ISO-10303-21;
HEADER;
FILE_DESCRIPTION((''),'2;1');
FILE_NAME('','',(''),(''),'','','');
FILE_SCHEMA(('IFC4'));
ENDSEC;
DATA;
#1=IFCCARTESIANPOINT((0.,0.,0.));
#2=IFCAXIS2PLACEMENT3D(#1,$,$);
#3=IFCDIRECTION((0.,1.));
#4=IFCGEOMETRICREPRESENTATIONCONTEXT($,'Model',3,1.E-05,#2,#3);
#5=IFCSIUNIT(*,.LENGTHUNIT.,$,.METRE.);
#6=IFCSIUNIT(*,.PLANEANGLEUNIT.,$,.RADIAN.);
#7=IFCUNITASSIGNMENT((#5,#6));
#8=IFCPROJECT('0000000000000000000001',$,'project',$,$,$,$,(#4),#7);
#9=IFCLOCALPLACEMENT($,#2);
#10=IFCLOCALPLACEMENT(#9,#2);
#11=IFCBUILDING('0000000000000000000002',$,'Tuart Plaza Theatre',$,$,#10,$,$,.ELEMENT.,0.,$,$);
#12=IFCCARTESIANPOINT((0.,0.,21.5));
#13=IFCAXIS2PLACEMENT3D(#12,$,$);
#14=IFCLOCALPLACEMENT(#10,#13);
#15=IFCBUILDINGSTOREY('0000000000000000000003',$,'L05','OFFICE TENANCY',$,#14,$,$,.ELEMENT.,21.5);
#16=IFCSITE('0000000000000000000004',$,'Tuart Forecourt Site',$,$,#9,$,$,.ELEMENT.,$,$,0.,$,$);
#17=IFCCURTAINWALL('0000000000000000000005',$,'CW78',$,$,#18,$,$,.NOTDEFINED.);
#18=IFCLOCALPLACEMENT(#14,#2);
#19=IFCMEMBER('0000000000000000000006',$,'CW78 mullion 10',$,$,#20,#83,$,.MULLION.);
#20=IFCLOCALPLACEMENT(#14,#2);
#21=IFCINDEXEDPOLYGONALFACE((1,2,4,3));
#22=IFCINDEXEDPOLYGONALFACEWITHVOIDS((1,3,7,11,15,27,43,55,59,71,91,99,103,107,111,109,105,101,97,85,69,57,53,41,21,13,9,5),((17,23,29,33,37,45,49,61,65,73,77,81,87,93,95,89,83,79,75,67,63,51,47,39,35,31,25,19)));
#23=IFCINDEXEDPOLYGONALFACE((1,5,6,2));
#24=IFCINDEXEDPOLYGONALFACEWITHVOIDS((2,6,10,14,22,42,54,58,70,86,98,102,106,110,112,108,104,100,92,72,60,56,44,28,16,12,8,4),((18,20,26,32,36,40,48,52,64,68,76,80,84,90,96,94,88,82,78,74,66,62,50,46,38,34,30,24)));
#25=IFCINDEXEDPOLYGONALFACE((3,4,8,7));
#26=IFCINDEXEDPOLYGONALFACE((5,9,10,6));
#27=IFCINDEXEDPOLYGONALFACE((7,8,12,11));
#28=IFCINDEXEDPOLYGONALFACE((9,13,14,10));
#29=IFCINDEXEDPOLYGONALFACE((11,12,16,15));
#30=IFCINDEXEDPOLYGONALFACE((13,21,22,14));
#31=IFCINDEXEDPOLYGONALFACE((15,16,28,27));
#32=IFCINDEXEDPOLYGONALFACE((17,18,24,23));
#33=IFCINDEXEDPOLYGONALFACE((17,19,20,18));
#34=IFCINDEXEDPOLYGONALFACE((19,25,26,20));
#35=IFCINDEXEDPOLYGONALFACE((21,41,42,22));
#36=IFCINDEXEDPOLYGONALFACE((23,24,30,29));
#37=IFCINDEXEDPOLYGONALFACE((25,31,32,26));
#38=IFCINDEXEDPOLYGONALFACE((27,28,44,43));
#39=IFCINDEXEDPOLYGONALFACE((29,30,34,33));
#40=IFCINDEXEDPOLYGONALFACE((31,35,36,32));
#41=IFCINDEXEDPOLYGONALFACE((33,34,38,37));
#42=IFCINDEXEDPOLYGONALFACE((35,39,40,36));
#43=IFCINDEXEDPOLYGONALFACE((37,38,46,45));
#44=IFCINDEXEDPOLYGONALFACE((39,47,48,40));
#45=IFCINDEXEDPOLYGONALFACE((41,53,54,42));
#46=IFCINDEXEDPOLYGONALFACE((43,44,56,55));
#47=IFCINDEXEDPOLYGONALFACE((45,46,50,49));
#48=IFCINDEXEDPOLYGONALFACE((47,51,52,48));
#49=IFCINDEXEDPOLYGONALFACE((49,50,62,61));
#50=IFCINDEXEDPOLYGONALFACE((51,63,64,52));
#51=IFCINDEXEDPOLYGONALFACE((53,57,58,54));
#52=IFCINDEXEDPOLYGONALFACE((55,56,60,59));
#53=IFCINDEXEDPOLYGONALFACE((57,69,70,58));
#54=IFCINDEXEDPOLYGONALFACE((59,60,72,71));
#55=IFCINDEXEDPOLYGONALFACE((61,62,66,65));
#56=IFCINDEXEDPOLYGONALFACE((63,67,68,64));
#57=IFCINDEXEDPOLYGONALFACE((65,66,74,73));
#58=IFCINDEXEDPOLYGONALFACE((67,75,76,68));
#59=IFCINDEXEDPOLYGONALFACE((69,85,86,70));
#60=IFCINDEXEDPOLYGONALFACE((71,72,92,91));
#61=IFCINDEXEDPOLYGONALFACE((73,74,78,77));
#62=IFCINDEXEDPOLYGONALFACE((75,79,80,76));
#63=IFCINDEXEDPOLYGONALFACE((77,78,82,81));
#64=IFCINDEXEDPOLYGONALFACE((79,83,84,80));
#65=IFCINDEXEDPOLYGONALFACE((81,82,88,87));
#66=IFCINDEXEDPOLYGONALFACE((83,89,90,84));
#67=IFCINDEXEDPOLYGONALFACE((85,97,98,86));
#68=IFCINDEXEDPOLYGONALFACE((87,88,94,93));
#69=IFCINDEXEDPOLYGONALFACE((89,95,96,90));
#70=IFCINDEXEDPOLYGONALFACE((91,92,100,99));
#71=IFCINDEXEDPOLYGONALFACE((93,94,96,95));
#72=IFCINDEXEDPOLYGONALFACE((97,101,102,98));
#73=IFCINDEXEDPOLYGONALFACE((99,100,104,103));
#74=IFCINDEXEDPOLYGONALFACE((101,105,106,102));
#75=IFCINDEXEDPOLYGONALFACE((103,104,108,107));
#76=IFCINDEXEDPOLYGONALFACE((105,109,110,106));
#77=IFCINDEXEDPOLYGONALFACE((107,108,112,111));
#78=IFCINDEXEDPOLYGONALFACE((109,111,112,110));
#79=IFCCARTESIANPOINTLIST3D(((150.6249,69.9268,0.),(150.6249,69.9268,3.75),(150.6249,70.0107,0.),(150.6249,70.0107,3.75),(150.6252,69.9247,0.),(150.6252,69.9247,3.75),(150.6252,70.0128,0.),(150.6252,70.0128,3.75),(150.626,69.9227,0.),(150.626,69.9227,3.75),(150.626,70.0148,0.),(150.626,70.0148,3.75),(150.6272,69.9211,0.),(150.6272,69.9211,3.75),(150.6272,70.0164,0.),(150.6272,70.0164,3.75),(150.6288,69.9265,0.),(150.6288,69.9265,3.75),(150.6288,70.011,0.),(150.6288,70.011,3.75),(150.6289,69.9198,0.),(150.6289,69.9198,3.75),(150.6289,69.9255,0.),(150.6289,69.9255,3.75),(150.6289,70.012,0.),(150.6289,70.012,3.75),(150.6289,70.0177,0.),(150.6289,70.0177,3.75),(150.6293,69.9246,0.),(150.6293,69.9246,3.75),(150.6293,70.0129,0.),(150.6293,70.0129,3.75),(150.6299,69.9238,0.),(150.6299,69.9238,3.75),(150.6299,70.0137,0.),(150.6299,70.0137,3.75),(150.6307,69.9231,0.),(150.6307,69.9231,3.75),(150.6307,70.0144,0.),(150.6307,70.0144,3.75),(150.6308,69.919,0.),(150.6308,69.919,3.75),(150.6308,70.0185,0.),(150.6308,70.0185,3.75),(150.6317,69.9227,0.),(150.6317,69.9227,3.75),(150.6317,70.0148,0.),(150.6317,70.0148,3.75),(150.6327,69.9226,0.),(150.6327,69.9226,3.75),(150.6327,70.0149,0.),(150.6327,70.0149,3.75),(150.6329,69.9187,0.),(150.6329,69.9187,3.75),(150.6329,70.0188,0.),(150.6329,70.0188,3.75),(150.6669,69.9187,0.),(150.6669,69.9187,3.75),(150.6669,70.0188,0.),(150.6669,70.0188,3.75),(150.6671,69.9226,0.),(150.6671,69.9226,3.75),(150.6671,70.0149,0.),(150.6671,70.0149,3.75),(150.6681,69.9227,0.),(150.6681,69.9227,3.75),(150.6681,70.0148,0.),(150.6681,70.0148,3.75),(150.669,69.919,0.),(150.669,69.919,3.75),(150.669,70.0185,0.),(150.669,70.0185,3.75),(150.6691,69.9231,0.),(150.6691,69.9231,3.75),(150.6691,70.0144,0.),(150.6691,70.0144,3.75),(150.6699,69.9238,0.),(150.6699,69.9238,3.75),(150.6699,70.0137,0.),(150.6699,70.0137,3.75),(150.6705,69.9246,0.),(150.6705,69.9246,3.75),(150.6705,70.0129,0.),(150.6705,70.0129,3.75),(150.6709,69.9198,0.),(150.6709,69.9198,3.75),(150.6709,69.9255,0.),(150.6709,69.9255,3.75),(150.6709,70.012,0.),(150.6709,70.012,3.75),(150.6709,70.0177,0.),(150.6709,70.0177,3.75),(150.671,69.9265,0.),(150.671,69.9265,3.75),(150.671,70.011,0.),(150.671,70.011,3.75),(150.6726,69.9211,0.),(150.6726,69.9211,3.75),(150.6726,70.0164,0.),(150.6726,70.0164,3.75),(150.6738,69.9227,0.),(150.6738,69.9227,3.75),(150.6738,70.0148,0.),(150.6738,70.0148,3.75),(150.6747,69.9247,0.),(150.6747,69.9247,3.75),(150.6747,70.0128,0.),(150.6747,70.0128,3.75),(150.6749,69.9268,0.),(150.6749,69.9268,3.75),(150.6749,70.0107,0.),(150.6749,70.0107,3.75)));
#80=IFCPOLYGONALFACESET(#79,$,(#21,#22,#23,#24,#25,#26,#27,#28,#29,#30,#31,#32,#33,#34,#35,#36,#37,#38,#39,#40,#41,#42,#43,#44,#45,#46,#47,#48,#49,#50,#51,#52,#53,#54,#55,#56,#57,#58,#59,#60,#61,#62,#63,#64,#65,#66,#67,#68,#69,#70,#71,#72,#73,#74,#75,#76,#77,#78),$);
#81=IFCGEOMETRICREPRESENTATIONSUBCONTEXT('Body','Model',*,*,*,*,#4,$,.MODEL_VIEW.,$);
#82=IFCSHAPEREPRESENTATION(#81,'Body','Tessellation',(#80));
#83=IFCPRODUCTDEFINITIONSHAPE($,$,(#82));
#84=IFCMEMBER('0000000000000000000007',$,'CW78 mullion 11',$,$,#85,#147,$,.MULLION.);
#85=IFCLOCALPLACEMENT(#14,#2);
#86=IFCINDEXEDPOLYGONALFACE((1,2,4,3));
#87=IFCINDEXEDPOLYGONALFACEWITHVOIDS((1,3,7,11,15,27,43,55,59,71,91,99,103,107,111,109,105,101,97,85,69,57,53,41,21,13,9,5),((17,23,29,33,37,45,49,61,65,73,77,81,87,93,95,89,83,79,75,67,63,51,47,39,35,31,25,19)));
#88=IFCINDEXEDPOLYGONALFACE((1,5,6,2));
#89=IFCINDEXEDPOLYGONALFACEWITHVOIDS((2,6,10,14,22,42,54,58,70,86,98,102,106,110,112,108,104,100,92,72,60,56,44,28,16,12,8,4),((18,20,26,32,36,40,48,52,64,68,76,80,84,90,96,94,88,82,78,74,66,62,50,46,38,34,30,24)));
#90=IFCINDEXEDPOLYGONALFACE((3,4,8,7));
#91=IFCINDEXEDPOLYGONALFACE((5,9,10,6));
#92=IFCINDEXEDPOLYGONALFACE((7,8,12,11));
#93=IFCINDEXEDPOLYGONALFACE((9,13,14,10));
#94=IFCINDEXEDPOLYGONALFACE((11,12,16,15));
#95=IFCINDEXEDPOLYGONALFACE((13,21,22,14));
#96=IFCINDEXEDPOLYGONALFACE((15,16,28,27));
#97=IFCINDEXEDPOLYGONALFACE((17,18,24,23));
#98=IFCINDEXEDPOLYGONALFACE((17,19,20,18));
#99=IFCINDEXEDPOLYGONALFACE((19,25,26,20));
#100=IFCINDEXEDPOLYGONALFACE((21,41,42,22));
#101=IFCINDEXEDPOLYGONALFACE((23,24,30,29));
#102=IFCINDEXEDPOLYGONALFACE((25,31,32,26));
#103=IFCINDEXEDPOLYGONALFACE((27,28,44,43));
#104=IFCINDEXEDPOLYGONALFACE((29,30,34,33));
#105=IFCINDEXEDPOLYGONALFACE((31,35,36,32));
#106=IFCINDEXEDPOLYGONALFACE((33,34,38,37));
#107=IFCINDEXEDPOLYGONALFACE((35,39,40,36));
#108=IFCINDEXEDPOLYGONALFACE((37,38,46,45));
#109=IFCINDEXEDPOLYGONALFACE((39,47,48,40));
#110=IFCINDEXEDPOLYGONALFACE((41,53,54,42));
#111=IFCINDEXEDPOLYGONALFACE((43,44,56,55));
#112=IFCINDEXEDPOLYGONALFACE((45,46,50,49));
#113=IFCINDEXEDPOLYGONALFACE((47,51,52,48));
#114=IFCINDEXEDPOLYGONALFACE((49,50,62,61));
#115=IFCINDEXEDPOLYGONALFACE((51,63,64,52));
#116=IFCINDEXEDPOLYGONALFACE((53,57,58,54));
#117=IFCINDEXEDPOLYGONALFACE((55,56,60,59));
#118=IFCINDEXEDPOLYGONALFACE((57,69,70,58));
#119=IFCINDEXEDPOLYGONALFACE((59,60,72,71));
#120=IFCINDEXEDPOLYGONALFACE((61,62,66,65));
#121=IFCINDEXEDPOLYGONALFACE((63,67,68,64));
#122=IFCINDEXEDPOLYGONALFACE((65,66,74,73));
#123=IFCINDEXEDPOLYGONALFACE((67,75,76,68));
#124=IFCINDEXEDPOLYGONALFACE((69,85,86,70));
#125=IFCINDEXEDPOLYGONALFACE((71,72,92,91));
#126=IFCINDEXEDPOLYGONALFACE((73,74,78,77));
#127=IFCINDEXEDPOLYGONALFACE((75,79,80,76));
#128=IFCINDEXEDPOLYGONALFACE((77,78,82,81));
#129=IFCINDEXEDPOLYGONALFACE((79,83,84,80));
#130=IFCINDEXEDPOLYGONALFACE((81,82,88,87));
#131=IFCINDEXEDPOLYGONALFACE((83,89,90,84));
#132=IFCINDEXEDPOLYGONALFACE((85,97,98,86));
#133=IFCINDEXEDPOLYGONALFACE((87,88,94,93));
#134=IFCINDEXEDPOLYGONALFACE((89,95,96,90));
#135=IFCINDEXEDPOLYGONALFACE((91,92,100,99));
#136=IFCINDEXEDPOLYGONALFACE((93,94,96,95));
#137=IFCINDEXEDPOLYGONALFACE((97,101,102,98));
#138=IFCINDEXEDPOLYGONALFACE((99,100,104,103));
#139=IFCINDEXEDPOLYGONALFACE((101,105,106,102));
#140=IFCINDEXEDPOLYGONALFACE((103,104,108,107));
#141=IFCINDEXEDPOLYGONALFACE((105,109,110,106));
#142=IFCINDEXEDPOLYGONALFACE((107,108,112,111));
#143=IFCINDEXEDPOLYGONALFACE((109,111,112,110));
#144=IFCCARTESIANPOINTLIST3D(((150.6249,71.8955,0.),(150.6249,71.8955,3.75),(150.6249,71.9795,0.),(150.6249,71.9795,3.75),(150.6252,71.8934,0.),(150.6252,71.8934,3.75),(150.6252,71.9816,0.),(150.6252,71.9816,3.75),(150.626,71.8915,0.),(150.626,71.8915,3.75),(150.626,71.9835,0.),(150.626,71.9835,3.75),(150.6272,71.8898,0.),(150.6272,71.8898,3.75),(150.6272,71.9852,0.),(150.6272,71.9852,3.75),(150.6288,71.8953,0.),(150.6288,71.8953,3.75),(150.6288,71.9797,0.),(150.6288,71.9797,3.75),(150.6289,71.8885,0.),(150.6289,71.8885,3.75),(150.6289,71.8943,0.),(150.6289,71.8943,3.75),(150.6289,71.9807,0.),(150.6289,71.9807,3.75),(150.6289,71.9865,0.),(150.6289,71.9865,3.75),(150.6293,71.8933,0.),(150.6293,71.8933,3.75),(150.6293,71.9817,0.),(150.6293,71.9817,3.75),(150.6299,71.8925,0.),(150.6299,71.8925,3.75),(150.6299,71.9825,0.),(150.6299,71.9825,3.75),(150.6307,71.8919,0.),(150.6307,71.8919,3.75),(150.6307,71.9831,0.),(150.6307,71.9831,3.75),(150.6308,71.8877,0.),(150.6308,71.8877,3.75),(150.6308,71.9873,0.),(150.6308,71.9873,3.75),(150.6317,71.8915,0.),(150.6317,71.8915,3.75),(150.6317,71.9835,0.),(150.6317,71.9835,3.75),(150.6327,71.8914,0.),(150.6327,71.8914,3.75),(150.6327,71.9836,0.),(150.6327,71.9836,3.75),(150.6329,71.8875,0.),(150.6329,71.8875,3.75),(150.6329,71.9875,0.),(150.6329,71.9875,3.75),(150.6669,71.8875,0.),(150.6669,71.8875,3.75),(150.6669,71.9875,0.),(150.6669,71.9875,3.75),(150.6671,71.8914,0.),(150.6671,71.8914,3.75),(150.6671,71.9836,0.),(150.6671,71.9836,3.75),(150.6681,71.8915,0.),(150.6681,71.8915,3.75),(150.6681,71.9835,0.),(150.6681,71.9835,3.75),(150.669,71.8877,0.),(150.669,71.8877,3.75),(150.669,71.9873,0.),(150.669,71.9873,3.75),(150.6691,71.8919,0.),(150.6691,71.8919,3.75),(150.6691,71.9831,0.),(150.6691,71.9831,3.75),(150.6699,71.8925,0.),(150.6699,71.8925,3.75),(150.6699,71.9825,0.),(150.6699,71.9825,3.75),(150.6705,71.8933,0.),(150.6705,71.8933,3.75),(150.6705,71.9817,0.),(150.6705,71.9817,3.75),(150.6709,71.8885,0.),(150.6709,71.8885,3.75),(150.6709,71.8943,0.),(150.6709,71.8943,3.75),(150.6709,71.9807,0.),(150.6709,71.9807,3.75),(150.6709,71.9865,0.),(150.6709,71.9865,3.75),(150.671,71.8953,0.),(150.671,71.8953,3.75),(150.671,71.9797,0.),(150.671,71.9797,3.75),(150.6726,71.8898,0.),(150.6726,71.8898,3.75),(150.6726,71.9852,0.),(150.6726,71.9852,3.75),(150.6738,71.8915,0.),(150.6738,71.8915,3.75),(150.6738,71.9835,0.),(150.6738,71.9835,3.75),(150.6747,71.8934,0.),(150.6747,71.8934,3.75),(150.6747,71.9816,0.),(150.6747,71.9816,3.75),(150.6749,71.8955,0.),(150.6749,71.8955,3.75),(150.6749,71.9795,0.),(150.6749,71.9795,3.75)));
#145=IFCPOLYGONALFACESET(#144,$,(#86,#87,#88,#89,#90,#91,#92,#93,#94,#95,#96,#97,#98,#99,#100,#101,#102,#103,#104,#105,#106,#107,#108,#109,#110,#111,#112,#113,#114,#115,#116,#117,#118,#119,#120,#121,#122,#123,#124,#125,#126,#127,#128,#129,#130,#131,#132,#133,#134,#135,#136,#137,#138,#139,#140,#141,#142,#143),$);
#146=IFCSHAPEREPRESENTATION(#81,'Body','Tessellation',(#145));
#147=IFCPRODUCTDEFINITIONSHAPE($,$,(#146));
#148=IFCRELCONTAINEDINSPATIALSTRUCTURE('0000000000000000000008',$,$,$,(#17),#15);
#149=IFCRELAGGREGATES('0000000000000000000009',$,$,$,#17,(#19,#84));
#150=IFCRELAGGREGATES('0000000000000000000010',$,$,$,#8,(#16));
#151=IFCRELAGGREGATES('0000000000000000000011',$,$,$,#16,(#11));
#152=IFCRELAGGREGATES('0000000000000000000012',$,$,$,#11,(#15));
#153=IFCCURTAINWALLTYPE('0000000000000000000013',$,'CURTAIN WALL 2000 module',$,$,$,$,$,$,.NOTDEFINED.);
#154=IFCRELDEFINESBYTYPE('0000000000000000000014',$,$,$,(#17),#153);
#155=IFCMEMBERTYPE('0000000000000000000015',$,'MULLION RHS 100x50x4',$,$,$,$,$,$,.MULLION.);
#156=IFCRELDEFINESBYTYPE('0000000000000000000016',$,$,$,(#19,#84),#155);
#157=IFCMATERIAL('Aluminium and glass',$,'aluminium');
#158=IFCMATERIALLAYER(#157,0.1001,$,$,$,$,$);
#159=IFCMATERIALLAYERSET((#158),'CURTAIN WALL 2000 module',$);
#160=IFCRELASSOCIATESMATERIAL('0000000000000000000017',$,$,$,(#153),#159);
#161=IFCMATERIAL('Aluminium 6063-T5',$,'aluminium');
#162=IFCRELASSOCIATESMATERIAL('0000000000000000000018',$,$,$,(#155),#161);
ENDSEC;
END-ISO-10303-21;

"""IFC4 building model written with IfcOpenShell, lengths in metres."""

from ifc_helpers import new_model, si_unit, direction, frame, origin, origin_2d, place, context, subcontext, project, spatial, hollow_rectangle, extrude, material, layer, layer_set, material_profile, profile_set, type_object, element, aggregate, save


model = new_model("IFC4")

# Units and contexts
model_context = context("Model", 3, precision=1e-05, world=origin(), true_north=direction((0.0, 1.0)))
body_context = subcontext(model_context, "Body", "Model", "MODEL_VIEW")
ifc_project = project(units=[si_unit("LENGTHUNIT", "METRE"), si_unit("PLANEANGLEUNIT", "RADIAN")], contexts=[model_context])

# Site, building, storey
site_placement = place(None, origin())
site = spatial("IfcSite", under=ifc_project, at=site_placement, Name="Tuart Forecourt Site", CompositionType="ELEMENT", RefElevation=0.0)
building_placement = place(site_placement, origin())
building = spatial("IfcBuilding", under=site, at=building_placement, Name="Tuart Plaza Theatre", CompositionType="ELEMENT", ElevationOfRefHeight=0.0)
storey_placement = place(building_placement, frame((0.0, 0.0, 21.5)))
storey = spatial("IfcBuildingStorey", under=building, at=storey_placement, Name="L05", Description="OFFICE TENANCY", CompositionType="ELEMENT", Elevation=21.5)

# Curtain wall, members
ifc_material_1 = material(Name="Aluminium and glass", Category="aluminium")
ifc_layer_1 = layer(ifc_material_1, 0.1001)
ifc_layer_set_1 = layer_set([ifc_layer_1], Name="CURTAIN WALL 2000 module")
curtain_wall_type = type_object("IfcCurtainWallType", Name="CURTAIN WALL 2000 module", PredefinedType="NOTDEFINED", material=ifc_layer_set_1)
curtain_wall_placement = place(storey_placement, origin())
curtain_wall = element("IfcCurtainWall", 1, at=curtain_wall_placement, inside=storey, type_object=curtain_wall_type, Name="CW78", PredefinedType="NOTDEFINED")
ifc_material_2 = material(Name="Aluminium 6063-T5", Category="aluminium")
ifc_material_profile_1 = material_profile(ifc_material_2, hollow_rectangle(XDim=0.05, YDim=0.1001, WallThickness=0.0039, InnerFilletRadius=0.0039, OuterFilletRadius=0.0081, at=origin_2d()), Name="RHS 100x50x4")
ifc_profile_set_1 = profile_set([ifc_material_profile_1], Name="Aluminium 6063-T5")
member_type_1 = type_object("IfcMemberType", Name="MULLION RHS 100x50x4", PredefinedType="MULLION", material=ifc_profile_set_1)
member_1_placement = place(storey_placement, frame((150.6499, 69.9688, 0.0), z_axis=(0.0, 0.0, 1.0), x_axis=(-1.0, 0.0, 0.0)))
member_1 = element("IfcMember", 2, at=member_1_placement, type_object=member_type_1, Name="CW78 mullion 10", PredefinedType="MULLION", context=body_context, shape_type="SweptSolid", body=[
    extrude(hollow_rectangle(XDim=0.05, YDim=0.1001, WallThickness=0.0039, InnerFilletRadius=0.0039, OuterFilletRadius=0.0081, at=origin_2d()), origin(), (0.0, 0.0, 1.0), 3.75),
])
member_2_placement = place(storey_placement, frame((150.6499, 71.9375, 0.0), z_axis=(0.0, 0.0, 1.0), x_axis=(-1.0, 0.0, 0.0)))
member_2 = element("IfcMember", 3, at=member_2_placement, type_object=member_type_1, Name="CW78 mullion 11", PredefinedType="MULLION", context=body_context, shape_type="SweptSolid", body=[
    extrude(hollow_rectangle(XDim=0.05, YDim=0.1001, WallThickness=0.0039, InnerFilletRadius=0.0039, OuterFilletRadius=0.0081, at=origin_2d()), origin(), (0.0, 0.0, 1.0), 3.75),
])
aggregate(curtain_wall, [member_1, member_2])

save(model, "model.ifc")
